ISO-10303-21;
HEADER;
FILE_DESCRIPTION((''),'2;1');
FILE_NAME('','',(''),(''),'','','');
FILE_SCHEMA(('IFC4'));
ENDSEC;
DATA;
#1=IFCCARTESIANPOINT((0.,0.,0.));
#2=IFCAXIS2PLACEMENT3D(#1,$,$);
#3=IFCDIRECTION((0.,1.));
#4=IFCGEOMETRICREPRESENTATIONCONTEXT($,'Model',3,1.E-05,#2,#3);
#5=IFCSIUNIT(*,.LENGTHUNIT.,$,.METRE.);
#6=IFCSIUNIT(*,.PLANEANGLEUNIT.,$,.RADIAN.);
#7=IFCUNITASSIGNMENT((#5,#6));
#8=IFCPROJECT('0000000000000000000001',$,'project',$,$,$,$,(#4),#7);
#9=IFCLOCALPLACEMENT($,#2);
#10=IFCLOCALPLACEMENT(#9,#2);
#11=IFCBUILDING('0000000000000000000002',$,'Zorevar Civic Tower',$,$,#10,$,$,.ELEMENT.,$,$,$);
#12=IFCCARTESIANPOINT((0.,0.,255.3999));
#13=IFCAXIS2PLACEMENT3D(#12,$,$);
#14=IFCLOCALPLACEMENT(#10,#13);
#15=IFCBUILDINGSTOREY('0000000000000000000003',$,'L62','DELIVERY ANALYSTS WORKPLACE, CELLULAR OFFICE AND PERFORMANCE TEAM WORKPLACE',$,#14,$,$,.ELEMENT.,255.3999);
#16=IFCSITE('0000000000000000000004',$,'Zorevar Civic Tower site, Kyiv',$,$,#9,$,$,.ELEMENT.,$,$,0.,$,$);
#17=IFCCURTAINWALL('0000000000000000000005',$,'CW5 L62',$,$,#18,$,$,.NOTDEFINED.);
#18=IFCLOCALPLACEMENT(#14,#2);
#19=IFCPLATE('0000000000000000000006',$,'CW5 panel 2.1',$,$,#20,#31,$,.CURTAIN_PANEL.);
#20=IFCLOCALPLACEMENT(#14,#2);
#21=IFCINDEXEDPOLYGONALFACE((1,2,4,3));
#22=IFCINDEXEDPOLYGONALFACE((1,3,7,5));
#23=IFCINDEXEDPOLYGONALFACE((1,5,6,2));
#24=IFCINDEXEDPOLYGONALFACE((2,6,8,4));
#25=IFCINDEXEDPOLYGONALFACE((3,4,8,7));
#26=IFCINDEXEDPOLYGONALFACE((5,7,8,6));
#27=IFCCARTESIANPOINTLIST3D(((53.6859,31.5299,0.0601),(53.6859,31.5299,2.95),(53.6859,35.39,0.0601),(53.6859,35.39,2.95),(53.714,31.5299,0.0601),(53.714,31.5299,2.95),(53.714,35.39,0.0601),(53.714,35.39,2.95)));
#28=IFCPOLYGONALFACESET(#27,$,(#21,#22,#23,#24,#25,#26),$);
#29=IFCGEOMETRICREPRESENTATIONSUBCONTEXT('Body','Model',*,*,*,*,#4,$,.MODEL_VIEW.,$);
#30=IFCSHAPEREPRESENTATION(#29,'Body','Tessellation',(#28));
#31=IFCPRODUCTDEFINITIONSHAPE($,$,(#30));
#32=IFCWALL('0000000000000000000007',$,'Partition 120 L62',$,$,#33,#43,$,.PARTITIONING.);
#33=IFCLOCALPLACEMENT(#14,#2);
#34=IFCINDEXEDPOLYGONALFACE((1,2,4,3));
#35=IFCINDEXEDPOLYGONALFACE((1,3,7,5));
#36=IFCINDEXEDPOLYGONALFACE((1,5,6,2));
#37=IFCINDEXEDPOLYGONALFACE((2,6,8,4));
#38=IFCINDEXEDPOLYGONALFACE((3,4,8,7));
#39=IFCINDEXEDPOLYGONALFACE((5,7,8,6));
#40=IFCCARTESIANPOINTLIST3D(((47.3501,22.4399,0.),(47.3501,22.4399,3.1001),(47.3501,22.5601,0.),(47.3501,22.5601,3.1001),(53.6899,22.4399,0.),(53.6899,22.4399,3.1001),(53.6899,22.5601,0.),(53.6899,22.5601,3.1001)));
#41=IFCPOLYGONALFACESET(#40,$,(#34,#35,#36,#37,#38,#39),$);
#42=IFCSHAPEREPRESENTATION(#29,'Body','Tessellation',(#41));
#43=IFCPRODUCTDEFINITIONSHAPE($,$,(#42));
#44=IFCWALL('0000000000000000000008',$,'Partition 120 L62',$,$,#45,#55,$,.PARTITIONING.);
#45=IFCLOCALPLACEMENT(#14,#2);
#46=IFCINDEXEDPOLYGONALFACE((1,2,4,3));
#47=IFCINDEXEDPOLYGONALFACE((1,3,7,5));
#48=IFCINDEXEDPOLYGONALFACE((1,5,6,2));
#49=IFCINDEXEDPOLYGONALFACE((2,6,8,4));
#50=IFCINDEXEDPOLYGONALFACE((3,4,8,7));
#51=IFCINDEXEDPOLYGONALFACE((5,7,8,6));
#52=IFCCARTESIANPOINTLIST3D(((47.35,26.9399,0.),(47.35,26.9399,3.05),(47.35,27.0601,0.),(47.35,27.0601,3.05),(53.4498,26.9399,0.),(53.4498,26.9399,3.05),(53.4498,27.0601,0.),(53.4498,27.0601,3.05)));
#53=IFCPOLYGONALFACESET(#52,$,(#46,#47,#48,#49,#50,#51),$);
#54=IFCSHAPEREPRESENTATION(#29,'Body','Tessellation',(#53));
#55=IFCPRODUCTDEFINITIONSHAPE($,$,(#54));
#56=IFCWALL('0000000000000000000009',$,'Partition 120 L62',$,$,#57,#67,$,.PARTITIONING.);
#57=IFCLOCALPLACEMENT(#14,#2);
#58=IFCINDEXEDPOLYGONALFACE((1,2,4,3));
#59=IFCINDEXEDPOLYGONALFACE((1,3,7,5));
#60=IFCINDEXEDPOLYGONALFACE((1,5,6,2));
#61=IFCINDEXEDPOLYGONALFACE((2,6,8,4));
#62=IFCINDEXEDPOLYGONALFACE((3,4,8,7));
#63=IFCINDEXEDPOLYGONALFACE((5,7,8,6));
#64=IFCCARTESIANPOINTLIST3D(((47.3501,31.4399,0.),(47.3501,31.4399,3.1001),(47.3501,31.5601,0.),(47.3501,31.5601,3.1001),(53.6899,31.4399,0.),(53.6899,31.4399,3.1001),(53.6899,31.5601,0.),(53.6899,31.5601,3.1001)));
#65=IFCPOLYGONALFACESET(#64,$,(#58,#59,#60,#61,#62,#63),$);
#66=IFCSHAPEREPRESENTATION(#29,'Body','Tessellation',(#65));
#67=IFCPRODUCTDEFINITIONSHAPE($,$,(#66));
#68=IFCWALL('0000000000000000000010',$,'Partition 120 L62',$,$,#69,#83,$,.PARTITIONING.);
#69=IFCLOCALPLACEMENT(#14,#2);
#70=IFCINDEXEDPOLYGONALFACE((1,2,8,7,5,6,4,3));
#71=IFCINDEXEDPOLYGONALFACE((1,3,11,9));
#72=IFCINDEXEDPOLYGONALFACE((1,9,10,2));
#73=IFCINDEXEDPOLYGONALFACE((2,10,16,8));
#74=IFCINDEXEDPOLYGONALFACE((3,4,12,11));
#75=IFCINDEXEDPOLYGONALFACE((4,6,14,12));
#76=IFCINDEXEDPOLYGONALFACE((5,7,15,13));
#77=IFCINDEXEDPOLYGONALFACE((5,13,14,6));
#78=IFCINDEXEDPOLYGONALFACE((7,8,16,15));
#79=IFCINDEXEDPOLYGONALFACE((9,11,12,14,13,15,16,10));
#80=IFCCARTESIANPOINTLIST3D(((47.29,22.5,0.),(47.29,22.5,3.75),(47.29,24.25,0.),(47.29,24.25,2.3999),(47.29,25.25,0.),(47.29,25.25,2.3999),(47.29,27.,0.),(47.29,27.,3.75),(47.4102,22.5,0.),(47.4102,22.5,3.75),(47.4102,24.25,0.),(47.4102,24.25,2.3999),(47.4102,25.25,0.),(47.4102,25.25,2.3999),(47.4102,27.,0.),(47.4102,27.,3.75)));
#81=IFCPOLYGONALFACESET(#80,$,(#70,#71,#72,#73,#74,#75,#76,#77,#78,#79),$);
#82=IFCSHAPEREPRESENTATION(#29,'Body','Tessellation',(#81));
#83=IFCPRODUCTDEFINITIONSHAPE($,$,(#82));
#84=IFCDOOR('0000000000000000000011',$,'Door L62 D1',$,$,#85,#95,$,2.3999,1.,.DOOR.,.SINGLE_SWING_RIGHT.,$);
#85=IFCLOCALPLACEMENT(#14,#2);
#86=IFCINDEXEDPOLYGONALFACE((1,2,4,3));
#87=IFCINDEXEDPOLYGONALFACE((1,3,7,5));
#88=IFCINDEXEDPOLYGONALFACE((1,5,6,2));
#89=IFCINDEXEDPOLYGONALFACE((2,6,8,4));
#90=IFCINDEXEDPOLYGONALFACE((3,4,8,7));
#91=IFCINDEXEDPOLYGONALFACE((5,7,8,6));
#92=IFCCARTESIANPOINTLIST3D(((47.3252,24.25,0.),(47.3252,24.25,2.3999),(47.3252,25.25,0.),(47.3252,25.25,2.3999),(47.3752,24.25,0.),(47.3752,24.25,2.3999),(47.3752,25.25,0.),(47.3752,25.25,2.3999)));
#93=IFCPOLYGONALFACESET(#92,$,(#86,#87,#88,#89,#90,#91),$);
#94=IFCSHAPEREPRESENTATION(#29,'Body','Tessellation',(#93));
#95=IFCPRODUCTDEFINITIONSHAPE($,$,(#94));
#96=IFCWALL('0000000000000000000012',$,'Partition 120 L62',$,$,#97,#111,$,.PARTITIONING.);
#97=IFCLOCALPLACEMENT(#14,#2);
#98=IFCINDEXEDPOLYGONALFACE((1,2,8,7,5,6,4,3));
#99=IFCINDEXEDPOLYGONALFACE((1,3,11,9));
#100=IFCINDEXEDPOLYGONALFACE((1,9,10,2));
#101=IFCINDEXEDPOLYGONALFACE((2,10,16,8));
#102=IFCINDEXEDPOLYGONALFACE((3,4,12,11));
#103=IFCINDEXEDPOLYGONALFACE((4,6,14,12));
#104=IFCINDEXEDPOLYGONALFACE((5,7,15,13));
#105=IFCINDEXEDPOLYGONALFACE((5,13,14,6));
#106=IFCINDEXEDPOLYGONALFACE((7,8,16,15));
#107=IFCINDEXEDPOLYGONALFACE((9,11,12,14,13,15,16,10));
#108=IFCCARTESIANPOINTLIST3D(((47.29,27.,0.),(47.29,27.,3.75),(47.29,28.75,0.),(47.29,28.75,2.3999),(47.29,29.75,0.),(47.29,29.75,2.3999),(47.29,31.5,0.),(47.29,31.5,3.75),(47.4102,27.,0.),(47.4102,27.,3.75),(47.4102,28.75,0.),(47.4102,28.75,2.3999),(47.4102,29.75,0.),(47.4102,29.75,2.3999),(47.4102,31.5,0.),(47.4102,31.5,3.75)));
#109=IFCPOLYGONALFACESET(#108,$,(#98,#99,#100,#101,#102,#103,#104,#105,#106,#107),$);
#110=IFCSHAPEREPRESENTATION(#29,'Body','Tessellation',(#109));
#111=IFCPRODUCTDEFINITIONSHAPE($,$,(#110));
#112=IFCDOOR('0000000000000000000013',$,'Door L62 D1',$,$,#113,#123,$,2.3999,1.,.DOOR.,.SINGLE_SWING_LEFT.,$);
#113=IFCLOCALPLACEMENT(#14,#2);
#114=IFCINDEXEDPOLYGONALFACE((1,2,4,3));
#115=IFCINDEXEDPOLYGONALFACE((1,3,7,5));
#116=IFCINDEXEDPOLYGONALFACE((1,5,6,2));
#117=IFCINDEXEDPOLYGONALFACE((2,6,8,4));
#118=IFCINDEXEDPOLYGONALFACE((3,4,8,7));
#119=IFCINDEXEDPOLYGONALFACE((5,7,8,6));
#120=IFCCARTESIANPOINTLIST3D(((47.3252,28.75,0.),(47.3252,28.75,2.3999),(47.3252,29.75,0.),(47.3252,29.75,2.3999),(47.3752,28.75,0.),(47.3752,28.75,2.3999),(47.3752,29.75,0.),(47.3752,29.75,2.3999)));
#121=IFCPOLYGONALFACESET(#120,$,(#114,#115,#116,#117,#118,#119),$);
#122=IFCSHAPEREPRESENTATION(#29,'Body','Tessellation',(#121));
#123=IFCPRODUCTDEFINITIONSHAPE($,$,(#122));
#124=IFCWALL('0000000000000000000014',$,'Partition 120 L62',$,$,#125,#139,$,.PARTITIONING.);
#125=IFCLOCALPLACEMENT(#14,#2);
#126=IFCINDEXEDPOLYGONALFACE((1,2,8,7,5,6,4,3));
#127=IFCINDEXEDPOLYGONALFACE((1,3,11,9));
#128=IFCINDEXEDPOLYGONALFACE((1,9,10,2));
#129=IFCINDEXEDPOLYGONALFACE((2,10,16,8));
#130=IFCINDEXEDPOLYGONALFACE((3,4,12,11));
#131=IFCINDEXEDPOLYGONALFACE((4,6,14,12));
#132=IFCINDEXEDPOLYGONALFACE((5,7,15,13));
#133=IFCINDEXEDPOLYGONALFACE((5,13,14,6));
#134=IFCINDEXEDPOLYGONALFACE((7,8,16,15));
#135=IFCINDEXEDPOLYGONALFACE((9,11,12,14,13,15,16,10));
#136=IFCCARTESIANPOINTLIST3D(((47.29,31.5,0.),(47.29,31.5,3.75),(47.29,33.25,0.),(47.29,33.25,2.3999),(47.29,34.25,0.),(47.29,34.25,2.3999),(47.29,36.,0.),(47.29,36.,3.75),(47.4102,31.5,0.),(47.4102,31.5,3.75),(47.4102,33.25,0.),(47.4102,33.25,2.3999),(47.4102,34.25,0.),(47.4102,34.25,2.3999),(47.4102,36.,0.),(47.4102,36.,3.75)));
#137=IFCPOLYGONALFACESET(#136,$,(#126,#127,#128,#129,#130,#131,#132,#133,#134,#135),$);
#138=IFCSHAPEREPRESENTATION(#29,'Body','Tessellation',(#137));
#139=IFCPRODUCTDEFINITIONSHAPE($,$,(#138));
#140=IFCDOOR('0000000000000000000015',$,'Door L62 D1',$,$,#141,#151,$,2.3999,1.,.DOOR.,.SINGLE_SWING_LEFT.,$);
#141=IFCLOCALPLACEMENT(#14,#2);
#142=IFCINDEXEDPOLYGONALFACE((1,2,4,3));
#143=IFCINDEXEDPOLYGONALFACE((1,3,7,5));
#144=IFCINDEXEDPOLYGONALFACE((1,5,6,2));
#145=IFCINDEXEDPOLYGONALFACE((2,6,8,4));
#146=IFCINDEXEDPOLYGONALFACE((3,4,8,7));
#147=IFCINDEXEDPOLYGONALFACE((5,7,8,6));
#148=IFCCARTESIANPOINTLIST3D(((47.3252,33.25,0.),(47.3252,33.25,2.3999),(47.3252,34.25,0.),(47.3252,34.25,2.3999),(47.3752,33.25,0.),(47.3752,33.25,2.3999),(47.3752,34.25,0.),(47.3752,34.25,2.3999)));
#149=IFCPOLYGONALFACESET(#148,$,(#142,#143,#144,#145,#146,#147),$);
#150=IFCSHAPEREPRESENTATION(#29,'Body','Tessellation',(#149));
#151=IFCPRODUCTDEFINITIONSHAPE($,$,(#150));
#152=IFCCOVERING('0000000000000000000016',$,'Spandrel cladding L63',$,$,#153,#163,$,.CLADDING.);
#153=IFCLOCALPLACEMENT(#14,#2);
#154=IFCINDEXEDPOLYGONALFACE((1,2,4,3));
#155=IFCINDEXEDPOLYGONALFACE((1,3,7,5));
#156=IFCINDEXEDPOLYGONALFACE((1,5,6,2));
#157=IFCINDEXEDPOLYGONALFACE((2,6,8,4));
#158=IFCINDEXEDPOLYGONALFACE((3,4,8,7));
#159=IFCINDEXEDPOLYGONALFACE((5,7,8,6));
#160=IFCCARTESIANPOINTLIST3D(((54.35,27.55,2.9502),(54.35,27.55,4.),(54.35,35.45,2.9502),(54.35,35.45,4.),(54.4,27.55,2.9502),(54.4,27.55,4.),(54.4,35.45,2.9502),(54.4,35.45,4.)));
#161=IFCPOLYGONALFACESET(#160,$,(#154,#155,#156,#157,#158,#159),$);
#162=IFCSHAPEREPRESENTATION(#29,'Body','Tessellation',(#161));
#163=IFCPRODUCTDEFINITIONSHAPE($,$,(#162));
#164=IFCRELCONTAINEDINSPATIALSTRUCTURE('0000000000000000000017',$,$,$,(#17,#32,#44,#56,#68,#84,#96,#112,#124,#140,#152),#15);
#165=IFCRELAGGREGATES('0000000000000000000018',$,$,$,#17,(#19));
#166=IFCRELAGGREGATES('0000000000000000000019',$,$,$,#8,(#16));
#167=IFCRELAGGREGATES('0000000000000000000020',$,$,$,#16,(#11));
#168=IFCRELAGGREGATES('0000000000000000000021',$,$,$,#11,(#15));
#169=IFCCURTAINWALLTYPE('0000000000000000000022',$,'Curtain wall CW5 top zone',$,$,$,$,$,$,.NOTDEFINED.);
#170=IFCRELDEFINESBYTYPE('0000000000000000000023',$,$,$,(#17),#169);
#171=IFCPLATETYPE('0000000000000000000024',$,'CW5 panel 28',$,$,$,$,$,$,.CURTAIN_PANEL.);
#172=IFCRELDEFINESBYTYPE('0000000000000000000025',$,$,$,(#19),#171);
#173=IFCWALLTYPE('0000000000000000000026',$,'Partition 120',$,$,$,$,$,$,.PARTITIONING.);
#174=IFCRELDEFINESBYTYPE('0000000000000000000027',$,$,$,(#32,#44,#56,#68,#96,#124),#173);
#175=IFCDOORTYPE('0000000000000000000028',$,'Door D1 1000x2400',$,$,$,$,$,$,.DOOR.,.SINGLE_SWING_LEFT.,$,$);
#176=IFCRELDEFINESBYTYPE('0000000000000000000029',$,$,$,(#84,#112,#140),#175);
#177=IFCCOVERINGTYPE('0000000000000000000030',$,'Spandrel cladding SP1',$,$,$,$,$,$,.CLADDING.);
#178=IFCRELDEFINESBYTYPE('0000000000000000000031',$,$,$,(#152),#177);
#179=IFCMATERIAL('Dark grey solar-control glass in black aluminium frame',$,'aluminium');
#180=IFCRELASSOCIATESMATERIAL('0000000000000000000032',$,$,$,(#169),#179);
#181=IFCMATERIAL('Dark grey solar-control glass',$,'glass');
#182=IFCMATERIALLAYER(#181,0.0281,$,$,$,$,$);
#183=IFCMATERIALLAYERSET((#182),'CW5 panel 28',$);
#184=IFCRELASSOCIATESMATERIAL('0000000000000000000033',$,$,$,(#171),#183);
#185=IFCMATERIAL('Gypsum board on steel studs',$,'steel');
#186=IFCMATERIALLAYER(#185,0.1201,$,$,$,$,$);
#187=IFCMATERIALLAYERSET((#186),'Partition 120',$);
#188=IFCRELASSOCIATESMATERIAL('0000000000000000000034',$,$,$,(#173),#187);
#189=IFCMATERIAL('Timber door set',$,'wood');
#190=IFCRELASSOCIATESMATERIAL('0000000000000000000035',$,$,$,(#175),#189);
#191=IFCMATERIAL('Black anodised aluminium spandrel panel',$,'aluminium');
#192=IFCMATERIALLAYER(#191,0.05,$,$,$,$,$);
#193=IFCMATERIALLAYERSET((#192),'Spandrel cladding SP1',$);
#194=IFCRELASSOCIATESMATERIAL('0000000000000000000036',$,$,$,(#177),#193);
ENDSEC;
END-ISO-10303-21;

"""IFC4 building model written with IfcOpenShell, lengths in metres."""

from ifc_helpers import new_model, si_unit, direction, frame, frame_2d, origin, origin_2d, place, context, subcontext, project, spatial, rectangle, extrude, material, layer, layer_set, type_object, element, fill, aggregate, save


model = new_model("IFC4")

# Units and contexts
model_context = context("Model", 3, precision=1e-05, world=origin(), true_north=direction((0.0, 1.0)))
body_context = subcontext(model_context, "Body", "Model", "MODEL_VIEW")
ifc_project = project(units=[si_unit("LENGTHUNIT", "METRE"), si_unit("PLANEANGLEUNIT", "RADIAN")], contexts=[model_context])

# Site, building, storey
site_placement = place(None, origin())
site = spatial("IfcSite", under=ifc_project, at=site_placement, Name="Zorevar Civic Tower site, Kyiv", CompositionType="ELEMENT", RefElevation=0.0)
building_placement = place(site_placement, origin())
building = spatial("IfcBuilding", under=site, at=building_placement, Name="Zorevar Civic Tower", CompositionType="ELEMENT")
storey_placement = place(building_placement, frame((0.0, 0.0, 255.3999)))
storey = spatial("IfcBuildingStorey", under=building, at=storey_placement, Name="L62", Description="DELIVERY ANALYSTS WORKPLACE, CELLULAR OFFICE AND PERFORMANCE TEAM WORKPLACE", CompositionType="ELEMENT", Elevation=255.3999)

# Curtain wall
ifc_material_1 = material(Name="Dark grey solar-control glass in black aluminium frame", Category="aluminium")
curtain_wall_type = type_object("IfcCurtainWallType", Name="Curtain wall CW5 top zone", PredefinedType="NOTDEFINED", material=ifc_material_1)
curtain_wall_1_placement = place(storey_placement, origin())
curtain_wall_1 = element("IfcCurtainWall", 1, at=curtain_wall_1_placement, inside=storey, type_object=curtain_wall_type, Name="CW5 L62", PredefinedType="NOTDEFINED")

# Plate
ifc_material_2 = material(Name="Dark grey solar-control glass", Category="glass")
ifc_layer_1 = layer(ifc_material_2, 0.0281)
ifc_layer_set_1 = layer_set([ifc_layer_1], Name="CW5 panel 28")
plate_type = type_object("IfcPlateType", Name="CW5 panel 28", PredefinedType="CURTAIN_PANEL", material=ifc_layer_set_1)
plate_1_placement = place(storey_placement, frame((53.7, 33.46, 0.0601), z_axis=(0.0, 0.0, 1.0), x_axis=(0.0, 1.0, 0.0)))
plate_1 = element("IfcPlate", 2, at=plate_1_placement, type_object=plate_type, Name="CW5 panel 2.1", PredefinedType="CURTAIN_PANEL", context=body_context, shape_type="SweptSolid", body=[
    extrude(rectangle(XDim=3.8601, YDim=0.0281, at=origin_2d()), origin(), (0.0, 0.0, 1.0), 2.8899),
])
aggregate(curtain_wall_1, [plate_1])

# Walls
ifc_material_3 = material(Name="Gypsum board on steel studs", Category="steel")
ifc_layer_2 = layer(ifc_material_3, 0.1201)
ifc_layer_set_2 = layer_set([ifc_layer_2], Name="Partition 120")
wall_type = type_object("IfcWallType", Name="Partition 120", PredefinedType="PARTITIONING", material=ifc_layer_set_2)
wall_1_placement = place(storey_placement, frame((47.3501, 22.5, 0.0), z_axis=(0.0, 0.0, 1.0), x_axis=(1.0, 0.0, 0.0)))
element("IfcWall", 3, at=wall_1_placement, inside=storey, type_object=wall_type, Name="Partition 120 L62", PredefinedType="PARTITIONING", context=body_context, shape_type="SweptSolid", body=[
    extrude(rectangle(XDim=6.3398, YDim=0.1201, at=frame_2d((3.1699, 0.0))), origin(), (0.0, 0.0, 1.0), 3.1001),
])
wall_2_placement = place(storey_placement, frame((47.3501, 27.0, 0.0), z_axis=(0.0, 0.0, 1.0), x_axis=(1.0, 0.0, 0.0)))
element("IfcWall", 4, at=wall_2_placement, inside=storey, type_object=wall_type, Name="Partition 120 L62", PredefinedType="PARTITIONING", context=body_context, shape_type="SweptSolid", body=[
    extrude(rectangle(XDim=6.0999, YDim=0.1201, at=frame_2d((3.0498, 0.0))), origin(), (0.0, 0.0, 1.0), 3.05),
])
wall_3_placement = place(storey_placement, frame((47.3501, 31.5, 0.0), z_axis=(0.0, 0.0, 1.0), x_axis=(1.0, 0.0, 0.0)))
element("IfcWall", 5, at=wall_3_placement, inside=storey, type_object=wall_type, Name="Partition 120 L62", PredefinedType="PARTITIONING", context=body_context, shape_type="SweptSolid", body=[
    extrude(rectangle(XDim=6.3398, YDim=0.1201, at=frame_2d((3.1699, 0.0))), origin(), (0.0, 0.0, 1.0), 3.1001),
])

# Walls, openings, doors
wall_4_placement = place(storey_placement, frame((47.3501, 22.5, 0.0), z_axis=(0.0, 0.0, 1.0), x_axis=(0.0, 1.0, 0.0)))
wall_4 = element("IfcWall", 6, at=wall_4_placement, inside=storey, type_object=wall_type, Name="Partition 120 L62", PredefinedType="PARTITIONING", context=body_context, shape_type="SweptSolid", body=[
    extrude(rectangle(XDim=4.5, YDim=0.1201, at=frame_2d((2.25, 0.0))), origin(), (0.0, 0.0, 1.0), 3.75),
])
opening_1_placement = place(wall_4_placement, frame((1.75, 0.0, 0.0)))
opening_1 = element("IfcOpeningElement", 7, at=opening_1_placement, cuts=wall_4, PredefinedType="OPENING", context=body_context, shape_type="SweptSolid", body=[
    extrude(rectangle(XDim=1.0, YDim=2.3999, at=frame_2d((0.5, 1.2))), frame((0.0, 0.0701, 0.0), z_axis=(0.0, -1.0, 0.0), x_axis=(1.0, 0.0, 0.0)), (0.0, 0.0, 1.0), 0.1401),
])
ifc_material_4 = material(Name="Timber door set", Category="wood")
door_type = type_object("IfcDoorType", Name="Door D1 1000x2400", OperationType="SINGLE_SWING_LEFT", PredefinedType="DOOR", material=ifc_material_4)
door_1_placement = place(opening_1_placement, origin())
door_1 = element("IfcDoor", 8, at=door_1_placement, inside=storey, type_object=door_type, Name="Door L62 D1", OperationType="SINGLE_SWING_RIGHT", OverallHeight=2.3999, OverallWidth=1.0, PredefinedType="DOOR", context=body_context, shape_type="SweptSolid", body=[
    extrude(rectangle(XDim=1.0, YDim=2.3999, at=frame_2d((0.5, 1.2))), frame((0.0, 0.0249, 0.0), z_axis=(0.0, -1.0, 0.0), x_axis=(1.0, 0.0, 0.0)), (0.0, 0.0, 1.0), 0.05),
])
fill(opening_1, door_1)
wall_5_placement = place(storey_placement, frame((47.3501, 27.0, 0.0), z_axis=(0.0, 0.0, 1.0), x_axis=(0.0, 1.0, 0.0)))
wall_5 = element("IfcWall", 9, at=wall_5_placement, inside=storey, type_object=wall_type, Name="Partition 120 L62", PredefinedType="PARTITIONING", context=body_context, shape_type="SweptSolid", body=[
    extrude(rectangle(XDim=4.5, YDim=0.1201, at=frame_2d((2.25, 0.0))), origin(), (0.0, 0.0, 1.0), 3.75),
])
opening_2_placement = place(wall_5_placement, frame((1.75, 0.0, 0.0)))
opening_2 = element("IfcOpeningElement", 10, at=opening_2_placement, cuts=wall_5, PredefinedType="OPENING", context=body_context, shape_type="SweptSolid", body=[
    extrude(rectangle(XDim=1.0, YDim=2.3999, at=frame_2d((0.5, 1.2))), frame((0.0, 0.0701, 0.0), z_axis=(0.0, -1.0, 0.0), x_axis=(1.0, 0.0, 0.0)), (0.0, 0.0, 1.0), 0.1401),
])
door_2_placement = place(opening_2_placement, origin())
door_2 = element("IfcDoor", 11, at=door_2_placement, inside=storey, type_object=door_type, Name="Door L62 D1", OperationType="SINGLE_SWING_LEFT", OverallHeight=2.3999, OverallWidth=1.0, PredefinedType="DOOR", context=body_context, shape_type="SweptSolid", body=[
    extrude(rectangle(XDim=1.0, YDim=2.3999, at=frame_2d((0.5, 1.2))), frame((0.0, 0.0249, 0.0), z_axis=(0.0, -1.0, 0.0), x_axis=(1.0, 0.0, 0.0)), (0.0, 0.0, 1.0), 0.05),
])
fill(opening_2, door_2)
wall_6_placement = place(storey_placement, frame((47.3501, 31.5, 0.0), z_axis=(0.0, 0.0, 1.0), x_axis=(0.0, 1.0, 0.0)))
wall_6 = element("IfcWall", 12, at=wall_6_placement, inside=storey, type_object=wall_type, Name="Partition 120 L62", PredefinedType="PARTITIONING", context=body_context, shape_type="SweptSolid", body=[
    extrude(rectangle(XDim=4.5, YDim=0.1201, at=frame_2d((2.25, 0.0))), origin(), (0.0, 0.0, 1.0), 3.75),
])
opening_3_placement = place(wall_6_placement, frame((1.75, 0.0, 0.0)))
opening_3 = element("IfcOpeningElement", 13, at=opening_3_placement, cuts=wall_6, PredefinedType="OPENING", context=body_context, shape_type="SweptSolid", body=[
    extrude(rectangle(XDim=1.0, YDim=2.3999, at=frame_2d((0.5, 1.2))), frame((0.0, 0.0701, 0.0), z_axis=(0.0, -1.0, 0.0), x_axis=(1.0, 0.0, 0.0)), (0.0, 0.0, 1.0), 0.1401),
])
door_3_placement = place(opening_3_placement, origin())
door_3 = element("IfcDoor", 14, at=door_3_placement, inside=storey, type_object=door_type, Name="Door L62 D1", OperationType="SINGLE_SWING_LEFT", OverallHeight=2.3999, OverallWidth=1.0, PredefinedType="DOOR", context=body_context, shape_type="SweptSolid", body=[
    extrude(rectangle(XDim=1.0, YDim=2.3999, at=frame_2d((0.5, 1.2))), frame((0.0, 0.0249, 0.0), z_axis=(0.0, -1.0, 0.0), x_axis=(1.0, 0.0, 0.0)), (0.0, 0.0, 1.0), 0.05),
])
fill(opening_3, door_3)

# Covering
ifc_material_5 = material(Name="Black anodised aluminium spandrel panel", Category="aluminium")
ifc_layer_3 = layer(ifc_material_5, 0.05)
ifc_layer_set_3 = layer_set([ifc_layer_3], Name="Spandrel cladding SP1")
covering_type = type_object("IfcCoveringType", Name="Spandrel cladding SP1", PredefinedType="CLADDING", material=ifc_layer_set_3)
covering_placement = place(storey_placement, frame((54.375, 27.55, 2.9502), z_axis=(0.0, 0.0, 1.0), x_axis=(0.0, 1.0, 0.0)))
element("IfcCovering", 15, at=covering_placement, inside=storey, type_object=covering_type, Name="Spandrel cladding L63", PredefinedType="CLADDING", context=body_context, shape_type="SweptSolid", body=[
    extrude(rectangle(XDim=7.8999, YDim=0.05, at=frame_2d((3.95, 0.0))), origin(), (0.0, 0.0, 1.0), 1.0498),
])

save(model, "model.ifc")
